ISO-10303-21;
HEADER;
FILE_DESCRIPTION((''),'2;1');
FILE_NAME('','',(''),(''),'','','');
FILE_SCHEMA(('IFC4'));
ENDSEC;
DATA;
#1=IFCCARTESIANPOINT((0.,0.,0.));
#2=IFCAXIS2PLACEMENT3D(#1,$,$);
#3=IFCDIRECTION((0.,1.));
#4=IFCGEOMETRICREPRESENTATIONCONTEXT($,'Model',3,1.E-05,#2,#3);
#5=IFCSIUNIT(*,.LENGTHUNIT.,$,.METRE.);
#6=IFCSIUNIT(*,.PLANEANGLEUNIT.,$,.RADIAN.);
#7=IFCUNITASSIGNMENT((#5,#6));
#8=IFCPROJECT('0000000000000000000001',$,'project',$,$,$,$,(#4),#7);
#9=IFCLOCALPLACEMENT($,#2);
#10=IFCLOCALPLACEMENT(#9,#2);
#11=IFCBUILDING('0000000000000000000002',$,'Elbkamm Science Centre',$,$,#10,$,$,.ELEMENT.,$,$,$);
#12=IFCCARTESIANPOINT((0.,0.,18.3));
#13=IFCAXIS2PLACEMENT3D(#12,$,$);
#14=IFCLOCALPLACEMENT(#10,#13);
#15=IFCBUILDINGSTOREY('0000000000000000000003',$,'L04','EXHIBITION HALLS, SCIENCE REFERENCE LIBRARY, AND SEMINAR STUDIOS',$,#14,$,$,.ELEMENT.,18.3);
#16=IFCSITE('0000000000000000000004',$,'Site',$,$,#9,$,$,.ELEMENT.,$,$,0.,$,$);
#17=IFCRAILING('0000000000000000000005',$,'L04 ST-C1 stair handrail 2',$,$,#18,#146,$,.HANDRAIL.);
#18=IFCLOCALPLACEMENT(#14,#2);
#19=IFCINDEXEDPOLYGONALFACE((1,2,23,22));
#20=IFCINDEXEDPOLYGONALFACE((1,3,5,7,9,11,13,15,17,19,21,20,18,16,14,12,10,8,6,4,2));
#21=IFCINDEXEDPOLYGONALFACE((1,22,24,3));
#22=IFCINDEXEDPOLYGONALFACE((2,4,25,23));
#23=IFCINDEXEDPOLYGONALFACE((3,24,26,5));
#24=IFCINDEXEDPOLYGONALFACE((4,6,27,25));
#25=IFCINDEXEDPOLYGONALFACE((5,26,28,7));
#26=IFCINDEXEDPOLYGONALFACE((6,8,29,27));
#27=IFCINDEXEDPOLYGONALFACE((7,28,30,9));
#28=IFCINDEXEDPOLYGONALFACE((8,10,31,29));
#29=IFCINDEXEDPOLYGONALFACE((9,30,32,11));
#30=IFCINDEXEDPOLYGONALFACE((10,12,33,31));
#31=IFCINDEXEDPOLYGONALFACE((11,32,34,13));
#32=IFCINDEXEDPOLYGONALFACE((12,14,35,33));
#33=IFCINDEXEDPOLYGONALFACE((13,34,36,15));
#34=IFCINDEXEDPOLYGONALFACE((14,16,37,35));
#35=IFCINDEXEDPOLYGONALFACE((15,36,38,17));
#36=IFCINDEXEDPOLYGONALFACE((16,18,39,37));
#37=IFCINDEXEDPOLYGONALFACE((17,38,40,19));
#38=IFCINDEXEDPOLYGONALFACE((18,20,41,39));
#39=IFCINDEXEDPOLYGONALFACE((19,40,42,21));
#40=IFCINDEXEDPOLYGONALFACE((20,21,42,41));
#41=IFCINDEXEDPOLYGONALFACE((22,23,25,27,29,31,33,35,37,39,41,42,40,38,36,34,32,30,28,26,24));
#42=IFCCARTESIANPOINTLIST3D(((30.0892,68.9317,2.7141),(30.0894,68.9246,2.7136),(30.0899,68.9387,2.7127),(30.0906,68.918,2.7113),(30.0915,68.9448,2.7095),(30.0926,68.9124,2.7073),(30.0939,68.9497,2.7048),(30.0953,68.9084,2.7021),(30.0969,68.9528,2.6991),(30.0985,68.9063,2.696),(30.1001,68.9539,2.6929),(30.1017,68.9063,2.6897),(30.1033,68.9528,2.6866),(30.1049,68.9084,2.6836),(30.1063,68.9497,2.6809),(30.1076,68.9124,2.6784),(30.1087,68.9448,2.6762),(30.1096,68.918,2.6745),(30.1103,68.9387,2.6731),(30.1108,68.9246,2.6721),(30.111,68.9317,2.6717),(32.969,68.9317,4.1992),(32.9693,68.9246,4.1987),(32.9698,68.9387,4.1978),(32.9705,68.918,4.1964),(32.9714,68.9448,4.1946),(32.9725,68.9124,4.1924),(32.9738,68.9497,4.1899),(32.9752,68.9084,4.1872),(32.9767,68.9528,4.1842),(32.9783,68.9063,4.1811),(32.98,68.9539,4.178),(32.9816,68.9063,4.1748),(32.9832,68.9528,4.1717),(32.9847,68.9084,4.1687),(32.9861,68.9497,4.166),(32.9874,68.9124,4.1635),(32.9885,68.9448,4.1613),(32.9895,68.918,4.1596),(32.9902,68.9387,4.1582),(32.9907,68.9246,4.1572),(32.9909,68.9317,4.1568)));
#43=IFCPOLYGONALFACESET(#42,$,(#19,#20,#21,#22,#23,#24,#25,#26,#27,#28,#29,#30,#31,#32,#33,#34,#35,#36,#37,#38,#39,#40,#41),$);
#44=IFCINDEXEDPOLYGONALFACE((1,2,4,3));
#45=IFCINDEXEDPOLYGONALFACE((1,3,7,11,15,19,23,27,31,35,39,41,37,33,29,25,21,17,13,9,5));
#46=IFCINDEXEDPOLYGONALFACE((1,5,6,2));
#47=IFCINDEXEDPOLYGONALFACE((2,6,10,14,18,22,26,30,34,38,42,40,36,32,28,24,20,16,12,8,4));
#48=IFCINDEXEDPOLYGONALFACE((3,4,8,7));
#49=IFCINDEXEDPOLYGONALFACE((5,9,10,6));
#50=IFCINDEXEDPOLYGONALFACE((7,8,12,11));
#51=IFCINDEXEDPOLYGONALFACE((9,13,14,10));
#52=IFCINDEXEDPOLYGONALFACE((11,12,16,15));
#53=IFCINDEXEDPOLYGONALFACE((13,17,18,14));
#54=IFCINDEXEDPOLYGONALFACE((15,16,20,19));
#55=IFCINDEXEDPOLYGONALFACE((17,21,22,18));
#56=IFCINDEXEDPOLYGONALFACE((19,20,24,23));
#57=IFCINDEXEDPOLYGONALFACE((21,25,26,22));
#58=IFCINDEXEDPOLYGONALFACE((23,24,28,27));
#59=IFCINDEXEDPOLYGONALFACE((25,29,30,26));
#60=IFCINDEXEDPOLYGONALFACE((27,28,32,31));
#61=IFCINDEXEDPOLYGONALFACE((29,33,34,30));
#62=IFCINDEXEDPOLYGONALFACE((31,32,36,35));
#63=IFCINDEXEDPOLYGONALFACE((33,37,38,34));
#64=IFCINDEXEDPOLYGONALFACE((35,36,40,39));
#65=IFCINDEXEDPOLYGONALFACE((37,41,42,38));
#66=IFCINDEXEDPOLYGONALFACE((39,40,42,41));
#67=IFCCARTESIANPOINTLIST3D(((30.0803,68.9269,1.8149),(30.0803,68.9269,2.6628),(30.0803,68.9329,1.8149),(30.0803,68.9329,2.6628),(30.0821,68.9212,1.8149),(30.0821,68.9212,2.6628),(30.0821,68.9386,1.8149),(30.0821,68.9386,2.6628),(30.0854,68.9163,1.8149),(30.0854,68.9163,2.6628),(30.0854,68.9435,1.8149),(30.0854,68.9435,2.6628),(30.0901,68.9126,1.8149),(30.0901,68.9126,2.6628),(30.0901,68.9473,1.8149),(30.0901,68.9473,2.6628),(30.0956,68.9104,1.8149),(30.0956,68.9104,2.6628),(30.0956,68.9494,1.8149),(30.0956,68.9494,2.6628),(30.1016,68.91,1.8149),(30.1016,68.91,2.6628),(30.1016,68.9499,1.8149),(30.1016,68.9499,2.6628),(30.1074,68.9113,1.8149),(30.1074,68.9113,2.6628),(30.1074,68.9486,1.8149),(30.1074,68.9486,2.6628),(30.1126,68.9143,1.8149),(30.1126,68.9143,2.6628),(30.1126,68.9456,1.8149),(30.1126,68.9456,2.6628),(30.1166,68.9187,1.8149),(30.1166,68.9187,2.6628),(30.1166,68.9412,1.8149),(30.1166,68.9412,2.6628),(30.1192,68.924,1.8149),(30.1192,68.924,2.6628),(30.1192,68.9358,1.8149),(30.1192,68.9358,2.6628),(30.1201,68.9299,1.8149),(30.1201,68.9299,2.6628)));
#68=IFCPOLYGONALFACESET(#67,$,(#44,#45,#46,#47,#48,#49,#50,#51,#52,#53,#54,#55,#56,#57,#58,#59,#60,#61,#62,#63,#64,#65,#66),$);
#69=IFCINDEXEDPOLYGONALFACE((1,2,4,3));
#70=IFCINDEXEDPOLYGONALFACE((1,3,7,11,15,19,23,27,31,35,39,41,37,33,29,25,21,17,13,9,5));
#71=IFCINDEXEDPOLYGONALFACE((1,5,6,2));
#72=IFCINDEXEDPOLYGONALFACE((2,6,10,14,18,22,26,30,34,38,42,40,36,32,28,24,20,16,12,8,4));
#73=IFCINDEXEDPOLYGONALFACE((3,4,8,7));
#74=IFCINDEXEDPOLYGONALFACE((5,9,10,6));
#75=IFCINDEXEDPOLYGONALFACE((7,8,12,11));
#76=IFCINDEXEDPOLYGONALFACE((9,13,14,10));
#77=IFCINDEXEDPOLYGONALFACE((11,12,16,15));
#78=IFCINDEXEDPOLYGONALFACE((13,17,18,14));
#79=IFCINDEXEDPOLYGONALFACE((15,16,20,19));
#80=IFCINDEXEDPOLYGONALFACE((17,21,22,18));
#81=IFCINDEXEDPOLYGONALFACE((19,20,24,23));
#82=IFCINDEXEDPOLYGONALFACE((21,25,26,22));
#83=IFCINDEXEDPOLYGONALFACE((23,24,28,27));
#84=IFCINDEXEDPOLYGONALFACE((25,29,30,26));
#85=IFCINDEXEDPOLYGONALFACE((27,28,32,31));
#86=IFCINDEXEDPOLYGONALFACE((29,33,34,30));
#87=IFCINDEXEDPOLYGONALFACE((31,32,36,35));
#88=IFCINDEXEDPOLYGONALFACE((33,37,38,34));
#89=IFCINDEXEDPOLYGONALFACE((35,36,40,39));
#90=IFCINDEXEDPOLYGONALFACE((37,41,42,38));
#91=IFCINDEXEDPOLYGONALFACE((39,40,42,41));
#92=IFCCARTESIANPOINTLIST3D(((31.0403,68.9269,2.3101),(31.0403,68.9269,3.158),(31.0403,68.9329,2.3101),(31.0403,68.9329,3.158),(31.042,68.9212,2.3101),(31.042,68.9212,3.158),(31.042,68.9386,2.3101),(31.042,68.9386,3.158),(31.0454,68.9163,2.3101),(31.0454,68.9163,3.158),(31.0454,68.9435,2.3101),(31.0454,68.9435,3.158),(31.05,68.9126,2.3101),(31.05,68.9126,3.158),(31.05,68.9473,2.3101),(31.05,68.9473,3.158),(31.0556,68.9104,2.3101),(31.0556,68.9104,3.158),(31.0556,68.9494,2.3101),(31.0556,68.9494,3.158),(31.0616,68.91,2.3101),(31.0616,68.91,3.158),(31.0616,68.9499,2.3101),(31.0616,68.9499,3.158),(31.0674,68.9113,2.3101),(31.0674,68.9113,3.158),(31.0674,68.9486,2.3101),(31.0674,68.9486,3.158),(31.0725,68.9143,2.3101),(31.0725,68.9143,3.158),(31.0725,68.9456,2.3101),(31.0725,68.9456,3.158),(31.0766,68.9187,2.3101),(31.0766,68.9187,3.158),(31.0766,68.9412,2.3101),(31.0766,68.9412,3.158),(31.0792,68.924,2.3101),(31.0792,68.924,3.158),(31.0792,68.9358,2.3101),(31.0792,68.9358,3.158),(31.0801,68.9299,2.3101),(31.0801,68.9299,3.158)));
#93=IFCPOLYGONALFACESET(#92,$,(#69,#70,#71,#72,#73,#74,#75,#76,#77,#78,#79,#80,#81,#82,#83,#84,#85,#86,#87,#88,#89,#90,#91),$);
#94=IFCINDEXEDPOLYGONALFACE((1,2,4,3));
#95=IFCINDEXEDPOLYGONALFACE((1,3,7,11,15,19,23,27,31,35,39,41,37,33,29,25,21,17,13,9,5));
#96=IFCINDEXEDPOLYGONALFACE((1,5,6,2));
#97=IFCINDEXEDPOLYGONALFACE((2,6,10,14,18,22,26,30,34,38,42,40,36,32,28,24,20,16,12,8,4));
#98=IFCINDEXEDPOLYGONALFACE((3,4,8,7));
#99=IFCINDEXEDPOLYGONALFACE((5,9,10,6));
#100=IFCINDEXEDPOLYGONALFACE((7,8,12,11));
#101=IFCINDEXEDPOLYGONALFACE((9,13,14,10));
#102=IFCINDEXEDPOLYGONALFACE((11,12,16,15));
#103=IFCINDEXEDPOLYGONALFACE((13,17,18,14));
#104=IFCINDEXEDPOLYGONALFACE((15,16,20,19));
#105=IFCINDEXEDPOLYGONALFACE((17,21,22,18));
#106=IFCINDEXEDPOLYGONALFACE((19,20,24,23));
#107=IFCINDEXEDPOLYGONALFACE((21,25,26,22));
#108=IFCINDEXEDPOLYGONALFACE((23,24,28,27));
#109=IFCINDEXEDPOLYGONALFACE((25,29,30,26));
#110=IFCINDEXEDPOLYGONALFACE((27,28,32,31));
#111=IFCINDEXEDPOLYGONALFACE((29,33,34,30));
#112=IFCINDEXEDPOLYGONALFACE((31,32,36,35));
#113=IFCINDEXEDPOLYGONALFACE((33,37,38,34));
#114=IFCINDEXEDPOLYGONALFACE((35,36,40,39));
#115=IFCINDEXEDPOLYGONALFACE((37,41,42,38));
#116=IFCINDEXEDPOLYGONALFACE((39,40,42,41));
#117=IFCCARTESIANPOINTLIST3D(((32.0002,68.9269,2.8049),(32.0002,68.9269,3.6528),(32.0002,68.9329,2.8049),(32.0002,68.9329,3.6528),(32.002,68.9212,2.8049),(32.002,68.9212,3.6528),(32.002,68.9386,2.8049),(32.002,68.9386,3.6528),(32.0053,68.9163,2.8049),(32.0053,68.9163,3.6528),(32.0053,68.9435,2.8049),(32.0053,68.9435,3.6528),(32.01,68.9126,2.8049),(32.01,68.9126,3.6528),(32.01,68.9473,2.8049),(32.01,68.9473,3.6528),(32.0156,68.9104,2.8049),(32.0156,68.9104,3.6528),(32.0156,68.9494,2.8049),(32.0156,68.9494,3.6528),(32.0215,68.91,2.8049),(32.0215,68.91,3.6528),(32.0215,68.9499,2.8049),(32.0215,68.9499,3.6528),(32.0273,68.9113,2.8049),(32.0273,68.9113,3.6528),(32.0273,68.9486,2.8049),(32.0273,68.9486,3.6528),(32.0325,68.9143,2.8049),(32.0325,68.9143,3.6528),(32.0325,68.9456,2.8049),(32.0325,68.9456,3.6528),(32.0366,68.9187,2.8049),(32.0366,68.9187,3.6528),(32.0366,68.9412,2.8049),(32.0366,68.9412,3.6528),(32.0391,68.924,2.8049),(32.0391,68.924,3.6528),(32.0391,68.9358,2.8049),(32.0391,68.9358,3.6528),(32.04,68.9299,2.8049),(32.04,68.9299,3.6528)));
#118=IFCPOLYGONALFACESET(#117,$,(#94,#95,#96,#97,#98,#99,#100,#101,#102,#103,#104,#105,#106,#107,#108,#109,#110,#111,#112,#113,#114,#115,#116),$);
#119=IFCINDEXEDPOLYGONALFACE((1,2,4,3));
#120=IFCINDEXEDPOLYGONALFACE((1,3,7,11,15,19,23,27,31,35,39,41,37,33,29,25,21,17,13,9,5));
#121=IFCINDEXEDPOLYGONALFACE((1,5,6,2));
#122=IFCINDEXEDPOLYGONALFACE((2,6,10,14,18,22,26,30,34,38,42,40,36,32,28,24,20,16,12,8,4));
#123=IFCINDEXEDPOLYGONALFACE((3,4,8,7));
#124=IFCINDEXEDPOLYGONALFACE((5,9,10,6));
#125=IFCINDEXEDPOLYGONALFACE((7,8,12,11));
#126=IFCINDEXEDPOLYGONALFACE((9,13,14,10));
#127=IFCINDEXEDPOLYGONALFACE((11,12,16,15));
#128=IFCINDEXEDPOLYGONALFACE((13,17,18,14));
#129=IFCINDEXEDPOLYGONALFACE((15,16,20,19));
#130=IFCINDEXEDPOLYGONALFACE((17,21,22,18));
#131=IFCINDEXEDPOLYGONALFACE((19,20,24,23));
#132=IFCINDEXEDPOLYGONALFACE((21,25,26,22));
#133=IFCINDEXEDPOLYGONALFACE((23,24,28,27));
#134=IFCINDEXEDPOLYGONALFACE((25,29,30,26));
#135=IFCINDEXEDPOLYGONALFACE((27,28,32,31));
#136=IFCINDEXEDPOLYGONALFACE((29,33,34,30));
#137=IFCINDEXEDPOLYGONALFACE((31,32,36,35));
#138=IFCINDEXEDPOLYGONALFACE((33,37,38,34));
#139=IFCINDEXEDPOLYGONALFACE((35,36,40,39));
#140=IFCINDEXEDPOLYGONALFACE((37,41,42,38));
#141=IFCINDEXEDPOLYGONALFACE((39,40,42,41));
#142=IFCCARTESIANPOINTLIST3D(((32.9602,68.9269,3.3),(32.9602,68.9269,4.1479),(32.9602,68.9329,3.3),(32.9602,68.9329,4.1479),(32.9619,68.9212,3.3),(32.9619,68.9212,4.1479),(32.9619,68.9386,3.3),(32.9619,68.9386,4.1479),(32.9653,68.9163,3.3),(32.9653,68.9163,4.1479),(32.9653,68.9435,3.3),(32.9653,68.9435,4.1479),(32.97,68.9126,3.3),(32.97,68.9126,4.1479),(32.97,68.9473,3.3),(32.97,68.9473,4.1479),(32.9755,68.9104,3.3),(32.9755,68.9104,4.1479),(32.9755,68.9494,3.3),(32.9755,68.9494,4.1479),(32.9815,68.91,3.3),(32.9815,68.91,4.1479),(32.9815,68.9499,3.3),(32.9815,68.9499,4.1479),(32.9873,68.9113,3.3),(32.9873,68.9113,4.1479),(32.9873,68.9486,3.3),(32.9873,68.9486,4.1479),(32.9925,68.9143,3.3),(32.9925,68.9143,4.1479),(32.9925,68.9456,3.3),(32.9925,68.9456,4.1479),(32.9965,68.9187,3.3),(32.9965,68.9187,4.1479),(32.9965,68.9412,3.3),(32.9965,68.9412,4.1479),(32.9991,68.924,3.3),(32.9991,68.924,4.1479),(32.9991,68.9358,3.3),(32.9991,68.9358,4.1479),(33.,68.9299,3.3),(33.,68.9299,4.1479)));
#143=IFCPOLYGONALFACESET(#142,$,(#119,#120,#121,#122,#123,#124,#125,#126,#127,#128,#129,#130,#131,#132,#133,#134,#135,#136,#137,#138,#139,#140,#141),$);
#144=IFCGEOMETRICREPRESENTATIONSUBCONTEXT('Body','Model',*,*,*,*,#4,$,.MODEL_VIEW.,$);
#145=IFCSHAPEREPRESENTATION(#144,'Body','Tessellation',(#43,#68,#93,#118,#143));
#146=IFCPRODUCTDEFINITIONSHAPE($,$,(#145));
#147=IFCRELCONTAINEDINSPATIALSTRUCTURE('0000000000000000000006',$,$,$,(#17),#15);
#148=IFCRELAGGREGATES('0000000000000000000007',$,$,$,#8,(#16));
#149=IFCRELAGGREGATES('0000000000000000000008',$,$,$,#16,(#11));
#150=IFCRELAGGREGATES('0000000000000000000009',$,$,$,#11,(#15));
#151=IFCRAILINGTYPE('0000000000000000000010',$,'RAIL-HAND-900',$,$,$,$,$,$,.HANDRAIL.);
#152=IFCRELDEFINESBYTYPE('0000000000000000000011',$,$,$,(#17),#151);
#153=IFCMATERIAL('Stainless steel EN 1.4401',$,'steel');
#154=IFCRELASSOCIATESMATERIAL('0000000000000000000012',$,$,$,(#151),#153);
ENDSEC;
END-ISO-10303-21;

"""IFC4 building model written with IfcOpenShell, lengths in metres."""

from ifc_helpers import new_model, si_unit, direction, frame, origin, origin_2d, place, context, subcontext, project, spatial, circle, extrude, material, type_object, element, save


model = new_model("IFC4")

# Units and contexts
model_context = context("Model", 3, precision=1e-05, world=origin(), true_north=direction((0.0, 1.0)))
body_context = subcontext(model_context, "Body", "Model", "MODEL_VIEW")
ifc_project = project(units=[si_unit("LENGTHUNIT", "METRE"), si_unit("PLANEANGLEUNIT", "RADIAN")], contexts=[model_context])

# Site, building, storey
site_placement = place(None, origin())
site = spatial("IfcSite", under=ifc_project, at=site_placement, Name="Site", CompositionType="ELEMENT", RefElevation=0.0)
building_placement = place(site_placement, origin())
building = spatial("IfcBuilding", under=site, at=building_placement, Name="Elbkamm Science Centre", CompositionType="ELEMENT")
storey_placement = place(building_placement, frame((0.0, 0.0, 18.3)))
storey = spatial("IfcBuildingStorey", under=building, at=storey_placement, Name="L04", Description="EXHIBITION HALLS, SCIENCE REFERENCE LIBRARY, AND SEMINAR STUDIOS", CompositionType="ELEMENT", Elevation=18.3)

# Railing
ifc_material_1 = material(Name="Stainless steel EN 1.4401", Category="steel")
railing_type_1 = type_object("IfcRailingType", Name="RAIL-HAND-900", PredefinedType="HANDRAIL", material=ifc_material_1)
railing_1_placement = place(storey_placement, frame((30.1001, 68.9299, 1.8149)))
element("IfcRailing", 1, at=railing_1_placement, inside=storey, type_object=railing_type_1, Name="L04 ST-C1 stair handrail 2", PredefinedType="HANDRAIL", context=body_context, shape_type="SweptSolid", body=[
    extrude(circle(Radius=0.0239, at=origin_2d()), frame((0.0, 0.0, 0.8779), z_axis=(0.888782, 0.0, 0.45833), x_axis=(0.0, 1.0, 0.0)), (0.0, 0.0, 1.0), 3.2402),
    extrude(circle(Radius=0.02, at=origin_2d()), origin(), (0.0, 0.0, 1.0), 0.8479),
    extrude(circle(Radius=0.02, at=origin_2d()), frame((0.96, 0.0, 0.4951)), (0.0, 0.0, 1.0), 0.8479),
    extrude(circle(Radius=0.02, at=origin_2d()), frame((1.9199, 0.0, 0.99)), (0.0, 0.0, 1.0), 0.8479),
    extrude(circle(Radius=0.02, at=origin_2d()), frame((2.8799, 0.0, 1.4851)), (0.0, 0.0, 1.0), 0.8479),
])

save(model, "model.ifc")
